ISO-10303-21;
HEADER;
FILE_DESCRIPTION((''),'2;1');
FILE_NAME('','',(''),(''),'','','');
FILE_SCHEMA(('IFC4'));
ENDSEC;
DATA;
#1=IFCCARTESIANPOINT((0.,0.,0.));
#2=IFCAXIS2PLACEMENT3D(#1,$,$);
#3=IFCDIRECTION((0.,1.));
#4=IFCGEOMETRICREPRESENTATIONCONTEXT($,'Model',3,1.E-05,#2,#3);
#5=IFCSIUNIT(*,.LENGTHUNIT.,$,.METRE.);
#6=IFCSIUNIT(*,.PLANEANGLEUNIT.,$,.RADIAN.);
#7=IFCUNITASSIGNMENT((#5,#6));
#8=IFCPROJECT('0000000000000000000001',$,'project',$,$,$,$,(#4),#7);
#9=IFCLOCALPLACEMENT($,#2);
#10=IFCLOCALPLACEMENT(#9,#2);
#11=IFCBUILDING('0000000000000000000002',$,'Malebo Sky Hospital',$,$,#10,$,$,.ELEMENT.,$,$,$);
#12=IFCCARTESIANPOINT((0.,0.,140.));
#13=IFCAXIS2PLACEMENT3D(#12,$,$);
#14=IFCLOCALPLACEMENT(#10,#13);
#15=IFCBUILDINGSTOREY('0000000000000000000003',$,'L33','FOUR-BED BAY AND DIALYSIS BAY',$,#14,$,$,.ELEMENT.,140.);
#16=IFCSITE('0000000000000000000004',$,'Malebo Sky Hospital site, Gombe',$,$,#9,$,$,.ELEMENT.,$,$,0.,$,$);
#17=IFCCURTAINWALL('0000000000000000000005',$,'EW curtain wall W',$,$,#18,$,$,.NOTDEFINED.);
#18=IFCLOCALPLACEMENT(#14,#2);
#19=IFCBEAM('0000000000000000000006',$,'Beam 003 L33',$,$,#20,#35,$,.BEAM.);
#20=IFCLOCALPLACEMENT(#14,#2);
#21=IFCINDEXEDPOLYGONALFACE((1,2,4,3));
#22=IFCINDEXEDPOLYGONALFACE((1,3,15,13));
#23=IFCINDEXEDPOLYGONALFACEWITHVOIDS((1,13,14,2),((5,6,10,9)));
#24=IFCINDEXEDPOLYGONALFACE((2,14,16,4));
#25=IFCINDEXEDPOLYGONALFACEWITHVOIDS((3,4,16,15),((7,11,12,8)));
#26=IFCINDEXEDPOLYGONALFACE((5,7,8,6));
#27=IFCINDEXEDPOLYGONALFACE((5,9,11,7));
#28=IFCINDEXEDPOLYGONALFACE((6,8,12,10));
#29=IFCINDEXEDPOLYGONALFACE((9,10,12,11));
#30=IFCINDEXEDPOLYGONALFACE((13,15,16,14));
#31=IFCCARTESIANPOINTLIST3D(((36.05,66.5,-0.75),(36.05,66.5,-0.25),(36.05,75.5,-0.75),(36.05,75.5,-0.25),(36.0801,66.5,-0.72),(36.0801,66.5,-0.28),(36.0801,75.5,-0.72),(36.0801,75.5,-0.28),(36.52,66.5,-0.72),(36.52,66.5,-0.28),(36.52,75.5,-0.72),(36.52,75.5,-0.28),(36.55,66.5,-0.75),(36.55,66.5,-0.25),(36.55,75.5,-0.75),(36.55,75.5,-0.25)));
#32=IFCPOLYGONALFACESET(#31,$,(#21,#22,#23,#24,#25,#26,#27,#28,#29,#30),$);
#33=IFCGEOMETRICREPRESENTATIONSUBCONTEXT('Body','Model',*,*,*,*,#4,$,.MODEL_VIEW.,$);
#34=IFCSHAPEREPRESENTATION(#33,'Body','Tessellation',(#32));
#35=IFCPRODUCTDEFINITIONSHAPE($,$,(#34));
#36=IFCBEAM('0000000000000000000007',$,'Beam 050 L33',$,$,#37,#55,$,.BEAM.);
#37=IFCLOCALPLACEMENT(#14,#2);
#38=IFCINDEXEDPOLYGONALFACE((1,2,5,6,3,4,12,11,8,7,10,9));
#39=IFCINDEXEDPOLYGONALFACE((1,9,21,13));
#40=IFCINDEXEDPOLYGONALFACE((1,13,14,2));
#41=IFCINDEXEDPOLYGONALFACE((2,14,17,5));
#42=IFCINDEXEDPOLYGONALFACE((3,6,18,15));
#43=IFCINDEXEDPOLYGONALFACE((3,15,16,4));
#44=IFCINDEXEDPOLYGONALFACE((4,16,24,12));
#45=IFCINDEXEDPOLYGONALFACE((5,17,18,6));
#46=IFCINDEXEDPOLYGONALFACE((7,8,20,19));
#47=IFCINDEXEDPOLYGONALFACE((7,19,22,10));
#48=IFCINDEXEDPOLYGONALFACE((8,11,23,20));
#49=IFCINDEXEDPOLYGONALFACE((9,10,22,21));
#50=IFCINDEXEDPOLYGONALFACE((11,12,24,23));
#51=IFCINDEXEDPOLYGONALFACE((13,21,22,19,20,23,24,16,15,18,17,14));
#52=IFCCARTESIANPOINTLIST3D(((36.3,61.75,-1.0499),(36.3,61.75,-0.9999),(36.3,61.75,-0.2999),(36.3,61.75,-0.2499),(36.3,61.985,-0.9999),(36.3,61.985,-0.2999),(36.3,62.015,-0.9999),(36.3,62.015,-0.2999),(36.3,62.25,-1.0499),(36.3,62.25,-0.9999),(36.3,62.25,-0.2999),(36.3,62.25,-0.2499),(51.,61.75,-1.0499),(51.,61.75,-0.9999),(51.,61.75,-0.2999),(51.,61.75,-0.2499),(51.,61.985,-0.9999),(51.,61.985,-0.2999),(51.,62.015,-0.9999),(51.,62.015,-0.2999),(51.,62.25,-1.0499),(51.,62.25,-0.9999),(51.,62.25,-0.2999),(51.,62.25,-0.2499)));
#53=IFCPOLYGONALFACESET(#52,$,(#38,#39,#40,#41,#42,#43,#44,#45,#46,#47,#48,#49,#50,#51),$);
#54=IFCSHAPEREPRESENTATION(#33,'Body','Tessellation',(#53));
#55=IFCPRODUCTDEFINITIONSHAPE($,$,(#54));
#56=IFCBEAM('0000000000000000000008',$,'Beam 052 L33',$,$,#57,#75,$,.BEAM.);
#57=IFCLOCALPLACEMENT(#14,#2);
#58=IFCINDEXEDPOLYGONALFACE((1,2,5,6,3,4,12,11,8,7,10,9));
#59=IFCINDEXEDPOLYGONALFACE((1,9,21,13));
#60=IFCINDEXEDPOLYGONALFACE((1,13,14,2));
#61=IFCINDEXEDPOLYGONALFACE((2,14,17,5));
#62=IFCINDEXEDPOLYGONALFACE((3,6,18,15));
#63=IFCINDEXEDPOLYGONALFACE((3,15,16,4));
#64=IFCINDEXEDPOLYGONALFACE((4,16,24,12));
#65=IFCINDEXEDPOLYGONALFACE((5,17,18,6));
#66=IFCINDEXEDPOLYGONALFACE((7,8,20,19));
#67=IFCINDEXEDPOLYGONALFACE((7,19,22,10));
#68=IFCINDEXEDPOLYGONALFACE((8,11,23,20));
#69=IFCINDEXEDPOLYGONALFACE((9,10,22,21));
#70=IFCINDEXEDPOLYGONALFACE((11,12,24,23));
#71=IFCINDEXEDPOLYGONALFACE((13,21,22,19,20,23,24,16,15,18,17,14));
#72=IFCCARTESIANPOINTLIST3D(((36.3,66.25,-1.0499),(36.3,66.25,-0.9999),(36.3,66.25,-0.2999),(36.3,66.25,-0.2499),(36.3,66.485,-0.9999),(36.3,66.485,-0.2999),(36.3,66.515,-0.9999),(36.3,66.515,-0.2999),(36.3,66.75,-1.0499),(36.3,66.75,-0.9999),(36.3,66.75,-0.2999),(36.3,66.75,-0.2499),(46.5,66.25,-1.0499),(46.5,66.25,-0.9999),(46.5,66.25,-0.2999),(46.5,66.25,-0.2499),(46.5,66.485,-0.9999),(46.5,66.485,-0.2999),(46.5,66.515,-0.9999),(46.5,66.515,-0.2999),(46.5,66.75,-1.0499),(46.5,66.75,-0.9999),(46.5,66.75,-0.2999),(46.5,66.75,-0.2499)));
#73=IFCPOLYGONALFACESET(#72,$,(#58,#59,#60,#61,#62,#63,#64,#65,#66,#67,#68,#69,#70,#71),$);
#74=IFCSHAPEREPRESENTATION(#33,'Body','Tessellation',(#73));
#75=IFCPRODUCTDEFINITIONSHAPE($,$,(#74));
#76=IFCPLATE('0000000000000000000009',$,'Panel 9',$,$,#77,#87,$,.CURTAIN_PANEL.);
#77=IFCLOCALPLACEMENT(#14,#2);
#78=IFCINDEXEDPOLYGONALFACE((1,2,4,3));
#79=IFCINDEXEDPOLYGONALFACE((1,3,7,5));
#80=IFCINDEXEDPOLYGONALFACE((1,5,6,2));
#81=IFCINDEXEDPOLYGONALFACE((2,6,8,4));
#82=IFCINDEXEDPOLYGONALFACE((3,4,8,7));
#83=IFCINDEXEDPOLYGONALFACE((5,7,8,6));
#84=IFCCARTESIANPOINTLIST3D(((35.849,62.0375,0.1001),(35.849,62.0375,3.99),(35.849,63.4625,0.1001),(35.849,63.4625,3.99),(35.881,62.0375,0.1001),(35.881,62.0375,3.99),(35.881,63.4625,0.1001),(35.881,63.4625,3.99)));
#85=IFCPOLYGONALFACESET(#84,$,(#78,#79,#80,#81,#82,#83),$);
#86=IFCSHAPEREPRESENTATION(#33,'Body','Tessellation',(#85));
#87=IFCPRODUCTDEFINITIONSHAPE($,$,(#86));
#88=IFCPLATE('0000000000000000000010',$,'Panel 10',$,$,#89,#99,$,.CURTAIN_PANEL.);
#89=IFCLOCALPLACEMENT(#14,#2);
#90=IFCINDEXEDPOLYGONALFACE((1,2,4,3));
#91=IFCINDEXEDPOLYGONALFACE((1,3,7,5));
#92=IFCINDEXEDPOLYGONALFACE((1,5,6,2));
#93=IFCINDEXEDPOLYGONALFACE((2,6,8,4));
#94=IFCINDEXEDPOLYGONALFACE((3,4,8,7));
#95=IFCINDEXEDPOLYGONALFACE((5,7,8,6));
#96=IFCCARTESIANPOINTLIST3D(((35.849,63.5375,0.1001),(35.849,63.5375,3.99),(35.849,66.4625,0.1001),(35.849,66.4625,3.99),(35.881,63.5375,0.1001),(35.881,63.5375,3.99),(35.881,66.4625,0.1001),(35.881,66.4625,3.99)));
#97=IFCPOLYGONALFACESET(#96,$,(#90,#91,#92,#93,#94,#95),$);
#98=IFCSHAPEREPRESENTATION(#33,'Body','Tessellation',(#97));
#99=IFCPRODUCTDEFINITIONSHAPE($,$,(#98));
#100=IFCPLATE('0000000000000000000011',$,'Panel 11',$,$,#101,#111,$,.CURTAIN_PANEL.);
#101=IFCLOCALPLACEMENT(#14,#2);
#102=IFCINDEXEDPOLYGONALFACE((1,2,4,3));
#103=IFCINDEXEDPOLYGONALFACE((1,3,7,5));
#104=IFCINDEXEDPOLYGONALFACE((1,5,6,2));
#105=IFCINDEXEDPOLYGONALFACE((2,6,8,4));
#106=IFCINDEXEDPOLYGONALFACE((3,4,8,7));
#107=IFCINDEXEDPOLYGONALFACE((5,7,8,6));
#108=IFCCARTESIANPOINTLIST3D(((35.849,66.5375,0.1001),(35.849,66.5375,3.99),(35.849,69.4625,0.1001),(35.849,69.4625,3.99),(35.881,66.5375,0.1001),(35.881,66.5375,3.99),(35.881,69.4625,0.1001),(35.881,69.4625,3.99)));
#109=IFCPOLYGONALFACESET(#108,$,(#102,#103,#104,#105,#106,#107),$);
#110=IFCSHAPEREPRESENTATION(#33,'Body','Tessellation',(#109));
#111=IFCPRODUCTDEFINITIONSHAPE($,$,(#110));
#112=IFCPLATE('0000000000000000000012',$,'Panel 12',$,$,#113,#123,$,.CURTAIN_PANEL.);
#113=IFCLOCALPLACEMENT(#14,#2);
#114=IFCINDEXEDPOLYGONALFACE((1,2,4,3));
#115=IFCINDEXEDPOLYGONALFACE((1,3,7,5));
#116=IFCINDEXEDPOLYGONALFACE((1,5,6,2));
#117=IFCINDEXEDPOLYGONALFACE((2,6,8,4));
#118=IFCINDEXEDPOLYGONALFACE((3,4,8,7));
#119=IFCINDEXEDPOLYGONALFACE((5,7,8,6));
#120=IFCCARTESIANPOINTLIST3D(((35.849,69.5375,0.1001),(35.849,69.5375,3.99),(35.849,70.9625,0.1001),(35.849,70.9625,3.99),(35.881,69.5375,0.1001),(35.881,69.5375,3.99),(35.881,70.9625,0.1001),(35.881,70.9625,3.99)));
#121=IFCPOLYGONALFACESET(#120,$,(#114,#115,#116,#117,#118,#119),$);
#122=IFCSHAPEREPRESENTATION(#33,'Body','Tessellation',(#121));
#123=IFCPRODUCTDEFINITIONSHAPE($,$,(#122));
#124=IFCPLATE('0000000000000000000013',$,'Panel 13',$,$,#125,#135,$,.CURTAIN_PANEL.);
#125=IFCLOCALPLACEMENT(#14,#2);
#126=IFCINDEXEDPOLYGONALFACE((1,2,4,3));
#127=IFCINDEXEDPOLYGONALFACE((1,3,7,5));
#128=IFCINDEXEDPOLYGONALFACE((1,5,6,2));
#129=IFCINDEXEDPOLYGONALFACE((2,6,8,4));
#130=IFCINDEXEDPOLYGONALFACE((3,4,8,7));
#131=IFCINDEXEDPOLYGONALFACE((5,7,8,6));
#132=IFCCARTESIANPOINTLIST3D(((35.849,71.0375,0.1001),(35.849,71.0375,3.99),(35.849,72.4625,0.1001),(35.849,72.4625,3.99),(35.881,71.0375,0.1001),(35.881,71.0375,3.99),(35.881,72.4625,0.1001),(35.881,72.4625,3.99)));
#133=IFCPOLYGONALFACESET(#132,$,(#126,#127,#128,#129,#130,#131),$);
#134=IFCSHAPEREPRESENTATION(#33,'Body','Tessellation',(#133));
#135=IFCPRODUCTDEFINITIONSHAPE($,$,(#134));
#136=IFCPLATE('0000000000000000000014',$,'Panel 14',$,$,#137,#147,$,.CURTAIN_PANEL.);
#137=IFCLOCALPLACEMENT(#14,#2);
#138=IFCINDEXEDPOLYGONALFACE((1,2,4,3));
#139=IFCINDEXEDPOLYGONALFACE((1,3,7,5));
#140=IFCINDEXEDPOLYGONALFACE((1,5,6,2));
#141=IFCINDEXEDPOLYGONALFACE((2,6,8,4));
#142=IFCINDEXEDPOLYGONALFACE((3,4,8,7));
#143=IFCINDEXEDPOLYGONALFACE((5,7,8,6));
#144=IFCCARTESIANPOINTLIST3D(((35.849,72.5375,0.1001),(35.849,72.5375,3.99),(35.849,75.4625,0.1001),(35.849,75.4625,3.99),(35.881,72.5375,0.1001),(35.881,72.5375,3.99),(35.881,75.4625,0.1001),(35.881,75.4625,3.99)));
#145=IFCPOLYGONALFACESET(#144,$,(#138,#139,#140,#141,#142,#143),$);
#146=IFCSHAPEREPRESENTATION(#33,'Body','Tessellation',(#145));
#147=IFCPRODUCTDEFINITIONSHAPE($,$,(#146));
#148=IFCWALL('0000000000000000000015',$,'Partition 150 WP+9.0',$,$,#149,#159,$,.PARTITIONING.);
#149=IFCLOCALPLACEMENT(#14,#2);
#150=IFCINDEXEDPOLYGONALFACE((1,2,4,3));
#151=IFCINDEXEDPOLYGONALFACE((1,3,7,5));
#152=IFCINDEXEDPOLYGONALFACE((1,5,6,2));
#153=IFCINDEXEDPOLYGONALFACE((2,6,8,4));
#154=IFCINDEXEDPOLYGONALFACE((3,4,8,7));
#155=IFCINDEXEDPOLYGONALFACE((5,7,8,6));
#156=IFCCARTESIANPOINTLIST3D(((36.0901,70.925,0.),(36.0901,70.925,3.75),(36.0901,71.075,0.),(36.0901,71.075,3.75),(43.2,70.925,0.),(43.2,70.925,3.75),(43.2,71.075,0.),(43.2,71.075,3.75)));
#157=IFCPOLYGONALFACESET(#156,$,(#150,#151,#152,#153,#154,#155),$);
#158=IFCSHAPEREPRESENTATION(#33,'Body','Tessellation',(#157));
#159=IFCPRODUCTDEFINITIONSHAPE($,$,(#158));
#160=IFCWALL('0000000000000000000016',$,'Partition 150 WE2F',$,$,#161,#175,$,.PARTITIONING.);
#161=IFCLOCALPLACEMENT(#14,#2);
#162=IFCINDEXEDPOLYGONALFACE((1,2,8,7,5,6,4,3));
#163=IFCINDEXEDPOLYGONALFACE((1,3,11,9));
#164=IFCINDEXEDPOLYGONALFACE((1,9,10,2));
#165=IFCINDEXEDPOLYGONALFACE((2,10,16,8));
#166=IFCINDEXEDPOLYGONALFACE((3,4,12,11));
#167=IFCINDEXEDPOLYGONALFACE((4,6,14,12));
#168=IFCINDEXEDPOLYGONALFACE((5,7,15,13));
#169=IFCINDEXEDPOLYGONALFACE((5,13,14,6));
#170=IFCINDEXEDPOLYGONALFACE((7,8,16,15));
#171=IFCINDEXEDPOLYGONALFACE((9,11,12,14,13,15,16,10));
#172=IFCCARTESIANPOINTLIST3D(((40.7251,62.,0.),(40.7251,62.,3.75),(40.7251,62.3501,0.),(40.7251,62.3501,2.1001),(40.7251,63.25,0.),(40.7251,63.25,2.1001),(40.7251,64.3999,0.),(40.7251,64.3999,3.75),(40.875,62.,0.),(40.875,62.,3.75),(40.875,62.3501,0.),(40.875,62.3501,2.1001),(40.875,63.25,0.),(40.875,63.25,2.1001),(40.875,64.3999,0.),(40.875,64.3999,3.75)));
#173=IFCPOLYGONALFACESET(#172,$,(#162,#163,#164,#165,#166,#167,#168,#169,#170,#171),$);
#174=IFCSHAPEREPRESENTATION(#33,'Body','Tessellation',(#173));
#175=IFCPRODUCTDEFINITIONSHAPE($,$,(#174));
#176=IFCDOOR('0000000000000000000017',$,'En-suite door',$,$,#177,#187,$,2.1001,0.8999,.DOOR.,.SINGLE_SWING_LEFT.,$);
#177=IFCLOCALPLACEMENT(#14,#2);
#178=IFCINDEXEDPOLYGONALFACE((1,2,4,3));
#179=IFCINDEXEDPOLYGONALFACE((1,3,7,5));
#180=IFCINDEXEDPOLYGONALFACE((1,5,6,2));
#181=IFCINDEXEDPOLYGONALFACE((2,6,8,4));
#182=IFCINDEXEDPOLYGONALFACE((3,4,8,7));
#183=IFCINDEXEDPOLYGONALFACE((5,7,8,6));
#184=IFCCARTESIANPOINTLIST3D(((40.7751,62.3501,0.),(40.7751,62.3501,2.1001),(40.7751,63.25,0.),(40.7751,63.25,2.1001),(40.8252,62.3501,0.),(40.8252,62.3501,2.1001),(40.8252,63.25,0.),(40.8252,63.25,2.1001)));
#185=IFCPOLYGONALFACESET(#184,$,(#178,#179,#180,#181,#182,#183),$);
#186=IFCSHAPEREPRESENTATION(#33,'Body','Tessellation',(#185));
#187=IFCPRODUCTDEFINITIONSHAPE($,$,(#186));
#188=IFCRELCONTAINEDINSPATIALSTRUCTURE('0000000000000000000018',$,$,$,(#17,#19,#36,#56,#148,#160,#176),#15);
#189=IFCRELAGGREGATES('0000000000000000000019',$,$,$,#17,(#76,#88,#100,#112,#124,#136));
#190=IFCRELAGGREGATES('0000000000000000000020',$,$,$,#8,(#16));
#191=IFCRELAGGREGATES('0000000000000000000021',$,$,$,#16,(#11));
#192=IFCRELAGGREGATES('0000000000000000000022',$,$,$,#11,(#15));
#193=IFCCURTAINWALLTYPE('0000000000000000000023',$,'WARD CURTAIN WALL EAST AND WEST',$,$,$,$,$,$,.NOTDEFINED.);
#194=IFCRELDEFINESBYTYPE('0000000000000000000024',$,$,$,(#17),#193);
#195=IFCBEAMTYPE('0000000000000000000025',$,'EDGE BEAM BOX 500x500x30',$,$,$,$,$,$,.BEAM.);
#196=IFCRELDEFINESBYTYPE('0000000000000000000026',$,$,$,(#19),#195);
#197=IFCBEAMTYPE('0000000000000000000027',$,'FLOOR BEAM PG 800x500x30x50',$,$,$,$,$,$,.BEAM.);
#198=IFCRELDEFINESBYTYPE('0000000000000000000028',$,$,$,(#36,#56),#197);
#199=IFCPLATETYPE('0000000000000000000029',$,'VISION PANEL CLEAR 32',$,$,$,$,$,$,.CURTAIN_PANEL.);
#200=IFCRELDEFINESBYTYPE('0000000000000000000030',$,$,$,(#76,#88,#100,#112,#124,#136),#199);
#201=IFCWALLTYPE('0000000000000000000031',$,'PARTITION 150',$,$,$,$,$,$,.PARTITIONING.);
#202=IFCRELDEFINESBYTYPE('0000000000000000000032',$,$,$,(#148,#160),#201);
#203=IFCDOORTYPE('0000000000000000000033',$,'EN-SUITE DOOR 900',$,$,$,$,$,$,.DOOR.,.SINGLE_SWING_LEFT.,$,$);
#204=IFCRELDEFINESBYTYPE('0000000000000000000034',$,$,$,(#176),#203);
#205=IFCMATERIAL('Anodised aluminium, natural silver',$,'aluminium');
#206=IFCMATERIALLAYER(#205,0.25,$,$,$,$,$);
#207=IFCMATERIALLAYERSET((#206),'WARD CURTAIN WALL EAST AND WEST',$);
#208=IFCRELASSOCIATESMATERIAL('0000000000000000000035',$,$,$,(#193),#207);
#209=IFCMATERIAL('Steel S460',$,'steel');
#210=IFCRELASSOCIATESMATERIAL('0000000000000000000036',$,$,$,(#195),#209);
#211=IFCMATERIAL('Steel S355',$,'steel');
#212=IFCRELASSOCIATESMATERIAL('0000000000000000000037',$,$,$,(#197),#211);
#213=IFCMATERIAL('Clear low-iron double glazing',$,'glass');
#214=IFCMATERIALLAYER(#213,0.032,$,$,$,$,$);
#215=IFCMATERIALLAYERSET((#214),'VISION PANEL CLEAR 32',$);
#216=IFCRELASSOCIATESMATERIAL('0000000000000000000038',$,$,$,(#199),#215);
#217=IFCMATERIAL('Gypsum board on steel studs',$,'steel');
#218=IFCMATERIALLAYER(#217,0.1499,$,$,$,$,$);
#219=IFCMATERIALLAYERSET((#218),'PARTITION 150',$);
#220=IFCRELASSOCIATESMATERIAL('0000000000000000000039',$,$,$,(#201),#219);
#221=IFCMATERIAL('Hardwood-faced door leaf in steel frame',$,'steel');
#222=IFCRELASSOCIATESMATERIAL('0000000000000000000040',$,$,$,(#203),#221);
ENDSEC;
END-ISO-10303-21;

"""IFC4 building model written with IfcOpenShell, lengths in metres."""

from ifc_helpers import new_model, si_unit, direction, frame, frame_2d, origin, origin_2d, place, context, subcontext, project, spatial, rectangle, hollow_rectangle, i_section, extrude, material, layer, layer_set, material_profile, profile_set, type_object, element, fill, aggregate, save


model = new_model("IFC4")

# Units and contexts
model_context = context("Model", 3, precision=1e-05, world=origin(), true_north=direction((0.0, 1.0)))
body_context = subcontext(model_context, "Body", "Model", "MODEL_VIEW")
ifc_project = project(units=[si_unit("LENGTHUNIT", "METRE"), si_unit("PLANEANGLEUNIT", "RADIAN")], contexts=[model_context])

# Site, building, storey
site_placement = place(None, origin())
site = spatial("IfcSite", under=ifc_project, at=site_placement, Name="Malebo Sky Hospital site, Gombe", CompositionType="ELEMENT", RefElevation=0.0)
building_placement = place(site_placement, origin())
building = spatial("IfcBuilding", under=site, at=building_placement, Name="Malebo Sky Hospital", CompositionType="ELEMENT")
storey_placement = place(building_placement, frame((0.0, 0.0, 140.0)))
storey = spatial("IfcBuildingStorey", under=building, at=storey_placement, Name="L33", Description="FOUR-BED BAY AND DIALYSIS BAY", CompositionType="ELEMENT", Elevation=140.0)

# Shared definitions
ifc_material_1 = material(Name="Steel S460", Category="steel")

# Curtain wall
ifc_material_2 = material(Name="Anodised aluminium, natural silver", Category="aluminium")
ifc_layer_1 = layer(ifc_material_2, 0.25)
ifc_layer_set_1 = layer_set([ifc_layer_1], Name="WARD CURTAIN WALL EAST AND WEST")
curtain_wall_type = type_object("IfcCurtainWallType", Name="WARD CURTAIN WALL EAST AND WEST", PredefinedType="NOTDEFINED", material=ifc_layer_set_1)
curtain_wall_placement = place(storey_placement, origin())
curtain_wall = element("IfcCurtainWall", 1, at=curtain_wall_placement, inside=storey, type_object=curtain_wall_type, Name="EW curtain wall W", PredefinedType="NOTDEFINED")

# Beams
ifc_material_profile_1 = material_profile(ifc_material_1, hollow_rectangle(XDim=0.5, YDim=0.5, WallThickness=0.03, at=origin_2d()), Name="BOX 500x500x30")
ifc_profile_set_1 = profile_set([ifc_material_profile_1], Name="Steel S460")
beam_type_1 = type_object("IfcBeamType", Name="EDGE BEAM BOX 500x500x30", PredefinedType="BEAM", material=ifc_profile_set_1)
beam_1_placement = place(storey_placement, frame((36.3, 66.5, -0.5), z_axis=(0.0, 1.0, 0.0), x_axis=(-1.0, 0.0, 0.0)))
element("IfcBeam", 2, at=beam_1_placement, inside=storey, type_object=beam_type_1, Name="Beam 003 L33", PredefinedType="BEAM", context=body_context, shape_type="SweptSolid", body=[
    extrude(hollow_rectangle(XDim=0.5, YDim=0.5, WallThickness=0.03, at=origin_2d()), origin(), (0.0, 0.0, 1.0), 9.0),
])
ifc_material_3 = material(Name="Steel S355", Category="steel")
ifc_material_profile_2 = material_profile(ifc_material_3, i_section(OverallWidth=0.5, OverallDepth=0.8, WebThickness=0.03, FlangeThickness=0.05, at=origin_2d()), Name="PG 800x500x30x50")
ifc_profile_set_2 = profile_set([ifc_material_profile_2], Name="Steel S355")
beam_type_2 = type_object("IfcBeamType", Name="FLOOR BEAM PG 800x500x30x50", PredefinedType="BEAM", material=ifc_profile_set_2)
beam_2_placement = place(storey_placement, frame((36.3, 62.0, -0.6499), z_axis=(1.0, 0.0, 0.0), x_axis=(0.0, 1.0, 0.0)))
element("IfcBeam", 3, at=beam_2_placement, inside=storey, type_object=beam_type_2, Name="Beam 050 L33", PredefinedType="BEAM", context=body_context, shape_type="SweptSolid", body=[
    extrude(i_section(OverallWidth=0.5, OverallDepth=0.8, WebThickness=0.03, FlangeThickness=0.05, at=origin_2d()), origin(), (0.0, 0.0, 1.0), 14.7),
])
beam_3_placement = place(storey_placement, frame((36.3, 66.5, -0.6499), z_axis=(1.0, 0.0, 0.0), x_axis=(0.0, 1.0, 0.0)))
element("IfcBeam", 4, at=beam_3_placement, inside=storey, type_object=beam_type_2, Name="Beam 052 L33", PredefinedType="BEAM", context=body_context, shape_type="SweptSolid", body=[
    extrude(i_section(OverallWidth=0.5, OverallDepth=0.8, WebThickness=0.03, FlangeThickness=0.05, at=origin_2d()), origin(), (0.0, 0.0, 1.0), 10.2),
])

# Plates
ifc_material_4 = material(Name="Clear low-iron double glazing", Category="glass")
ifc_layer_2 = layer(ifc_material_4, 0.032)
ifc_layer_set_2 = layer_set([ifc_layer_2], Name="VISION PANEL CLEAR 32")
plate_type = type_object("IfcPlateType", Name="VISION PANEL CLEAR 32", PredefinedType="CURTAIN_PANEL", material=ifc_layer_set_2)
plate_1_placement = place(storey_placement, frame((35.865, 62.75, 0.1001), z_axis=(0.0, 0.0, 1.0), x_axis=(0.0, 1.0, 0.0)))
plate_1 = element("IfcPlate", 5, at=plate_1_placement, type_object=plate_type, Name="Panel 9", PredefinedType="CURTAIN_PANEL", context=body_context, shape_type="SweptSolid", body=[
    extrude(rectangle(XDim=1.425, YDim=0.032, at=origin_2d()), origin(), (0.0, 0.0, 1.0), 3.8899),
])
plate_2_placement = place(storey_placement, frame((35.865, 65.0, 0.1001), z_axis=(0.0, 0.0, 1.0), x_axis=(0.0, 1.0, 0.0)))
plate_2 = element("IfcPlate", 6, at=plate_2_placement, type_object=plate_type, Name="Panel 10", PredefinedType="CURTAIN_PANEL", context=body_context, shape_type="SweptSolid", body=[
    extrude(rectangle(XDim=2.925, YDim=0.032, at=origin_2d()), origin(), (0.0, 0.0, 1.0), 3.8899),
])
plate_3_placement = place(storey_placement, frame((35.865, 68.0, 0.1001), z_axis=(0.0, 0.0, 1.0), x_axis=(0.0, 1.0, 0.0)))
plate_3 = element("IfcPlate", 7, at=plate_3_placement, type_object=plate_type, Name="Panel 11", PredefinedType="CURTAIN_PANEL", context=body_context, shape_type="SweptSolid", body=[
    extrude(rectangle(XDim=2.925, YDim=0.032, at=origin_2d()), origin(), (0.0, 0.0, 1.0), 3.8899),
])
plate_4_placement = place(storey_placement, frame((35.865, 70.25, 0.1001), z_axis=(0.0, 0.0, 1.0), x_axis=(0.0, 1.0, 0.0)))
plate_4 = element("IfcPlate", 8, at=plate_4_placement, type_object=plate_type, Name="Panel 12", PredefinedType="CURTAIN_PANEL", context=body_context, shape_type="SweptSolid", body=[
    extrude(rectangle(XDim=1.425, YDim=0.032, at=origin_2d()), origin(), (0.0, 0.0, 1.0), 3.8899),
])
plate_5_placement = place(storey_placement, frame((35.865, 71.75, 0.1001), z_axis=(0.0, 0.0, 1.0), x_axis=(0.0, 1.0, 0.0)))
plate_5 = element("IfcPlate", 9, at=plate_5_placement, type_object=plate_type, Name="Panel 13", PredefinedType="CURTAIN_PANEL", context=body_context, shape_type="SweptSolid", body=[
    extrude(rectangle(XDim=1.425, YDim=0.032, at=origin_2d()), origin(), (0.0, 0.0, 1.0), 3.8899),
])
plate_6_placement = place(storey_placement, frame((35.865, 74.0, 0.1001), z_axis=(0.0, 0.0, 1.0), x_axis=(0.0, 1.0, 0.0)))
plate_6 = element("IfcPlate", 10, at=plate_6_placement, type_object=plate_type, Name="Panel 14", PredefinedType="CURTAIN_PANEL", context=body_context, shape_type="SweptSolid", body=[
    extrude(rectangle(XDim=2.925, YDim=0.032, at=origin_2d()), origin(), (0.0, 0.0, 1.0), 3.8899),
])
aggregate(curtain_wall, [plate_1, plate_2, plate_3, plate_4, plate_5, plate_6])

# Wall
ifc_material_5 = material(Name="Gypsum board on steel studs", Category="steel")
ifc_layer_3 = layer(ifc_material_5, 0.1499)
ifc_layer_set_3 = layer_set([ifc_layer_3], Name="PARTITION 150")
wall_type_1 = type_object("IfcWallType", Name="PARTITION 150", PredefinedType="PARTITIONING", material=ifc_layer_set_3)
wall_1_placement = place(storey_placement, frame((43.2, 71.0, 0.0), z_axis=(0.0, 0.0, 1.0), x_axis=(-1.0, 0.0, 0.0)))
element("IfcWall", 11, at=wall_1_placement, inside=storey, type_object=wall_type_1, Name="Partition 150 WP+9.0", PredefinedType="PARTITIONING", context=body_context, shape_type="SweptSolid", body=[
    extrude(rectangle(XDim=7.1099, YDim=0.1499, at=frame_2d((3.5549, 0.0))), origin(), (0.0, 0.0, 1.0), 3.75),
])

# Wall, opening, door
wall_2_placement = place(storey_placement, frame((40.8, 62.0, 0.0), z_axis=(0.0, 0.0, 1.0), x_axis=(0.0, 1.0, 0.0)))
wall_2 = element("IfcWall", 12, at=wall_2_placement, inside=storey, type_object=wall_type_1, Name="Partition 150 WE2F", PredefinedType="PARTITIONING", context=body_context, shape_type="SweptSolid", body=[
    extrude(rectangle(XDim=2.3999, YDim=0.1499, at=frame_2d((1.2, 0.0))), origin(), (0.0, 0.0, 1.0), 3.75),
])
opening_1_placement = place(wall_2_placement, frame((0.3501, 0.0, 0.0)))
opening_1 = element("IfcOpeningElement", 13, at=opening_1_placement, cuts=wall_2, PredefinedType="OPENING", context=body_context, shape_type="SweptSolid", body=[
    extrude(rectangle(XDim=0.8999, YDim=2.1001, at=frame_2d((0.45, 1.05))), frame((0.0, 0.085, 0.0), z_axis=(0.0, -1.0, 0.0), x_axis=(1.0, 0.0, 0.0)), (0.0, 0.0, 1.0), 0.1699),
])
ifc_material_6 = material(Name="Hardwood-faced door leaf in steel frame", Category="steel")
door_type = type_object("IfcDoorType", Name="EN-SUITE DOOR 900", OperationType="SINGLE_SWING_LEFT", PredefinedType="DOOR", material=ifc_material_6)
door_1_placement = place(opening_1_placement, origin())
door_1 = element("IfcDoor", 14, at=door_1_placement, inside=storey, type_object=door_type, Name="En-suite door", OperationType="SINGLE_SWING_LEFT", OverallHeight=2.1001, OverallWidth=0.8999, PredefinedType="DOOR", context=body_context, shape_type="SweptSolid", body=[
    extrude(rectangle(XDim=0.8999, YDim=2.1001, at=frame_2d((0.45, 1.05))), frame((0.0, 0.0249, 0.0), z_axis=(0.0, -1.0, 0.0), x_axis=(1.0, 0.0, 0.0)), (0.0, 0.0, 1.0), 0.05),
])
fill(opening_1, door_1)

save(model, "model.ifc")
